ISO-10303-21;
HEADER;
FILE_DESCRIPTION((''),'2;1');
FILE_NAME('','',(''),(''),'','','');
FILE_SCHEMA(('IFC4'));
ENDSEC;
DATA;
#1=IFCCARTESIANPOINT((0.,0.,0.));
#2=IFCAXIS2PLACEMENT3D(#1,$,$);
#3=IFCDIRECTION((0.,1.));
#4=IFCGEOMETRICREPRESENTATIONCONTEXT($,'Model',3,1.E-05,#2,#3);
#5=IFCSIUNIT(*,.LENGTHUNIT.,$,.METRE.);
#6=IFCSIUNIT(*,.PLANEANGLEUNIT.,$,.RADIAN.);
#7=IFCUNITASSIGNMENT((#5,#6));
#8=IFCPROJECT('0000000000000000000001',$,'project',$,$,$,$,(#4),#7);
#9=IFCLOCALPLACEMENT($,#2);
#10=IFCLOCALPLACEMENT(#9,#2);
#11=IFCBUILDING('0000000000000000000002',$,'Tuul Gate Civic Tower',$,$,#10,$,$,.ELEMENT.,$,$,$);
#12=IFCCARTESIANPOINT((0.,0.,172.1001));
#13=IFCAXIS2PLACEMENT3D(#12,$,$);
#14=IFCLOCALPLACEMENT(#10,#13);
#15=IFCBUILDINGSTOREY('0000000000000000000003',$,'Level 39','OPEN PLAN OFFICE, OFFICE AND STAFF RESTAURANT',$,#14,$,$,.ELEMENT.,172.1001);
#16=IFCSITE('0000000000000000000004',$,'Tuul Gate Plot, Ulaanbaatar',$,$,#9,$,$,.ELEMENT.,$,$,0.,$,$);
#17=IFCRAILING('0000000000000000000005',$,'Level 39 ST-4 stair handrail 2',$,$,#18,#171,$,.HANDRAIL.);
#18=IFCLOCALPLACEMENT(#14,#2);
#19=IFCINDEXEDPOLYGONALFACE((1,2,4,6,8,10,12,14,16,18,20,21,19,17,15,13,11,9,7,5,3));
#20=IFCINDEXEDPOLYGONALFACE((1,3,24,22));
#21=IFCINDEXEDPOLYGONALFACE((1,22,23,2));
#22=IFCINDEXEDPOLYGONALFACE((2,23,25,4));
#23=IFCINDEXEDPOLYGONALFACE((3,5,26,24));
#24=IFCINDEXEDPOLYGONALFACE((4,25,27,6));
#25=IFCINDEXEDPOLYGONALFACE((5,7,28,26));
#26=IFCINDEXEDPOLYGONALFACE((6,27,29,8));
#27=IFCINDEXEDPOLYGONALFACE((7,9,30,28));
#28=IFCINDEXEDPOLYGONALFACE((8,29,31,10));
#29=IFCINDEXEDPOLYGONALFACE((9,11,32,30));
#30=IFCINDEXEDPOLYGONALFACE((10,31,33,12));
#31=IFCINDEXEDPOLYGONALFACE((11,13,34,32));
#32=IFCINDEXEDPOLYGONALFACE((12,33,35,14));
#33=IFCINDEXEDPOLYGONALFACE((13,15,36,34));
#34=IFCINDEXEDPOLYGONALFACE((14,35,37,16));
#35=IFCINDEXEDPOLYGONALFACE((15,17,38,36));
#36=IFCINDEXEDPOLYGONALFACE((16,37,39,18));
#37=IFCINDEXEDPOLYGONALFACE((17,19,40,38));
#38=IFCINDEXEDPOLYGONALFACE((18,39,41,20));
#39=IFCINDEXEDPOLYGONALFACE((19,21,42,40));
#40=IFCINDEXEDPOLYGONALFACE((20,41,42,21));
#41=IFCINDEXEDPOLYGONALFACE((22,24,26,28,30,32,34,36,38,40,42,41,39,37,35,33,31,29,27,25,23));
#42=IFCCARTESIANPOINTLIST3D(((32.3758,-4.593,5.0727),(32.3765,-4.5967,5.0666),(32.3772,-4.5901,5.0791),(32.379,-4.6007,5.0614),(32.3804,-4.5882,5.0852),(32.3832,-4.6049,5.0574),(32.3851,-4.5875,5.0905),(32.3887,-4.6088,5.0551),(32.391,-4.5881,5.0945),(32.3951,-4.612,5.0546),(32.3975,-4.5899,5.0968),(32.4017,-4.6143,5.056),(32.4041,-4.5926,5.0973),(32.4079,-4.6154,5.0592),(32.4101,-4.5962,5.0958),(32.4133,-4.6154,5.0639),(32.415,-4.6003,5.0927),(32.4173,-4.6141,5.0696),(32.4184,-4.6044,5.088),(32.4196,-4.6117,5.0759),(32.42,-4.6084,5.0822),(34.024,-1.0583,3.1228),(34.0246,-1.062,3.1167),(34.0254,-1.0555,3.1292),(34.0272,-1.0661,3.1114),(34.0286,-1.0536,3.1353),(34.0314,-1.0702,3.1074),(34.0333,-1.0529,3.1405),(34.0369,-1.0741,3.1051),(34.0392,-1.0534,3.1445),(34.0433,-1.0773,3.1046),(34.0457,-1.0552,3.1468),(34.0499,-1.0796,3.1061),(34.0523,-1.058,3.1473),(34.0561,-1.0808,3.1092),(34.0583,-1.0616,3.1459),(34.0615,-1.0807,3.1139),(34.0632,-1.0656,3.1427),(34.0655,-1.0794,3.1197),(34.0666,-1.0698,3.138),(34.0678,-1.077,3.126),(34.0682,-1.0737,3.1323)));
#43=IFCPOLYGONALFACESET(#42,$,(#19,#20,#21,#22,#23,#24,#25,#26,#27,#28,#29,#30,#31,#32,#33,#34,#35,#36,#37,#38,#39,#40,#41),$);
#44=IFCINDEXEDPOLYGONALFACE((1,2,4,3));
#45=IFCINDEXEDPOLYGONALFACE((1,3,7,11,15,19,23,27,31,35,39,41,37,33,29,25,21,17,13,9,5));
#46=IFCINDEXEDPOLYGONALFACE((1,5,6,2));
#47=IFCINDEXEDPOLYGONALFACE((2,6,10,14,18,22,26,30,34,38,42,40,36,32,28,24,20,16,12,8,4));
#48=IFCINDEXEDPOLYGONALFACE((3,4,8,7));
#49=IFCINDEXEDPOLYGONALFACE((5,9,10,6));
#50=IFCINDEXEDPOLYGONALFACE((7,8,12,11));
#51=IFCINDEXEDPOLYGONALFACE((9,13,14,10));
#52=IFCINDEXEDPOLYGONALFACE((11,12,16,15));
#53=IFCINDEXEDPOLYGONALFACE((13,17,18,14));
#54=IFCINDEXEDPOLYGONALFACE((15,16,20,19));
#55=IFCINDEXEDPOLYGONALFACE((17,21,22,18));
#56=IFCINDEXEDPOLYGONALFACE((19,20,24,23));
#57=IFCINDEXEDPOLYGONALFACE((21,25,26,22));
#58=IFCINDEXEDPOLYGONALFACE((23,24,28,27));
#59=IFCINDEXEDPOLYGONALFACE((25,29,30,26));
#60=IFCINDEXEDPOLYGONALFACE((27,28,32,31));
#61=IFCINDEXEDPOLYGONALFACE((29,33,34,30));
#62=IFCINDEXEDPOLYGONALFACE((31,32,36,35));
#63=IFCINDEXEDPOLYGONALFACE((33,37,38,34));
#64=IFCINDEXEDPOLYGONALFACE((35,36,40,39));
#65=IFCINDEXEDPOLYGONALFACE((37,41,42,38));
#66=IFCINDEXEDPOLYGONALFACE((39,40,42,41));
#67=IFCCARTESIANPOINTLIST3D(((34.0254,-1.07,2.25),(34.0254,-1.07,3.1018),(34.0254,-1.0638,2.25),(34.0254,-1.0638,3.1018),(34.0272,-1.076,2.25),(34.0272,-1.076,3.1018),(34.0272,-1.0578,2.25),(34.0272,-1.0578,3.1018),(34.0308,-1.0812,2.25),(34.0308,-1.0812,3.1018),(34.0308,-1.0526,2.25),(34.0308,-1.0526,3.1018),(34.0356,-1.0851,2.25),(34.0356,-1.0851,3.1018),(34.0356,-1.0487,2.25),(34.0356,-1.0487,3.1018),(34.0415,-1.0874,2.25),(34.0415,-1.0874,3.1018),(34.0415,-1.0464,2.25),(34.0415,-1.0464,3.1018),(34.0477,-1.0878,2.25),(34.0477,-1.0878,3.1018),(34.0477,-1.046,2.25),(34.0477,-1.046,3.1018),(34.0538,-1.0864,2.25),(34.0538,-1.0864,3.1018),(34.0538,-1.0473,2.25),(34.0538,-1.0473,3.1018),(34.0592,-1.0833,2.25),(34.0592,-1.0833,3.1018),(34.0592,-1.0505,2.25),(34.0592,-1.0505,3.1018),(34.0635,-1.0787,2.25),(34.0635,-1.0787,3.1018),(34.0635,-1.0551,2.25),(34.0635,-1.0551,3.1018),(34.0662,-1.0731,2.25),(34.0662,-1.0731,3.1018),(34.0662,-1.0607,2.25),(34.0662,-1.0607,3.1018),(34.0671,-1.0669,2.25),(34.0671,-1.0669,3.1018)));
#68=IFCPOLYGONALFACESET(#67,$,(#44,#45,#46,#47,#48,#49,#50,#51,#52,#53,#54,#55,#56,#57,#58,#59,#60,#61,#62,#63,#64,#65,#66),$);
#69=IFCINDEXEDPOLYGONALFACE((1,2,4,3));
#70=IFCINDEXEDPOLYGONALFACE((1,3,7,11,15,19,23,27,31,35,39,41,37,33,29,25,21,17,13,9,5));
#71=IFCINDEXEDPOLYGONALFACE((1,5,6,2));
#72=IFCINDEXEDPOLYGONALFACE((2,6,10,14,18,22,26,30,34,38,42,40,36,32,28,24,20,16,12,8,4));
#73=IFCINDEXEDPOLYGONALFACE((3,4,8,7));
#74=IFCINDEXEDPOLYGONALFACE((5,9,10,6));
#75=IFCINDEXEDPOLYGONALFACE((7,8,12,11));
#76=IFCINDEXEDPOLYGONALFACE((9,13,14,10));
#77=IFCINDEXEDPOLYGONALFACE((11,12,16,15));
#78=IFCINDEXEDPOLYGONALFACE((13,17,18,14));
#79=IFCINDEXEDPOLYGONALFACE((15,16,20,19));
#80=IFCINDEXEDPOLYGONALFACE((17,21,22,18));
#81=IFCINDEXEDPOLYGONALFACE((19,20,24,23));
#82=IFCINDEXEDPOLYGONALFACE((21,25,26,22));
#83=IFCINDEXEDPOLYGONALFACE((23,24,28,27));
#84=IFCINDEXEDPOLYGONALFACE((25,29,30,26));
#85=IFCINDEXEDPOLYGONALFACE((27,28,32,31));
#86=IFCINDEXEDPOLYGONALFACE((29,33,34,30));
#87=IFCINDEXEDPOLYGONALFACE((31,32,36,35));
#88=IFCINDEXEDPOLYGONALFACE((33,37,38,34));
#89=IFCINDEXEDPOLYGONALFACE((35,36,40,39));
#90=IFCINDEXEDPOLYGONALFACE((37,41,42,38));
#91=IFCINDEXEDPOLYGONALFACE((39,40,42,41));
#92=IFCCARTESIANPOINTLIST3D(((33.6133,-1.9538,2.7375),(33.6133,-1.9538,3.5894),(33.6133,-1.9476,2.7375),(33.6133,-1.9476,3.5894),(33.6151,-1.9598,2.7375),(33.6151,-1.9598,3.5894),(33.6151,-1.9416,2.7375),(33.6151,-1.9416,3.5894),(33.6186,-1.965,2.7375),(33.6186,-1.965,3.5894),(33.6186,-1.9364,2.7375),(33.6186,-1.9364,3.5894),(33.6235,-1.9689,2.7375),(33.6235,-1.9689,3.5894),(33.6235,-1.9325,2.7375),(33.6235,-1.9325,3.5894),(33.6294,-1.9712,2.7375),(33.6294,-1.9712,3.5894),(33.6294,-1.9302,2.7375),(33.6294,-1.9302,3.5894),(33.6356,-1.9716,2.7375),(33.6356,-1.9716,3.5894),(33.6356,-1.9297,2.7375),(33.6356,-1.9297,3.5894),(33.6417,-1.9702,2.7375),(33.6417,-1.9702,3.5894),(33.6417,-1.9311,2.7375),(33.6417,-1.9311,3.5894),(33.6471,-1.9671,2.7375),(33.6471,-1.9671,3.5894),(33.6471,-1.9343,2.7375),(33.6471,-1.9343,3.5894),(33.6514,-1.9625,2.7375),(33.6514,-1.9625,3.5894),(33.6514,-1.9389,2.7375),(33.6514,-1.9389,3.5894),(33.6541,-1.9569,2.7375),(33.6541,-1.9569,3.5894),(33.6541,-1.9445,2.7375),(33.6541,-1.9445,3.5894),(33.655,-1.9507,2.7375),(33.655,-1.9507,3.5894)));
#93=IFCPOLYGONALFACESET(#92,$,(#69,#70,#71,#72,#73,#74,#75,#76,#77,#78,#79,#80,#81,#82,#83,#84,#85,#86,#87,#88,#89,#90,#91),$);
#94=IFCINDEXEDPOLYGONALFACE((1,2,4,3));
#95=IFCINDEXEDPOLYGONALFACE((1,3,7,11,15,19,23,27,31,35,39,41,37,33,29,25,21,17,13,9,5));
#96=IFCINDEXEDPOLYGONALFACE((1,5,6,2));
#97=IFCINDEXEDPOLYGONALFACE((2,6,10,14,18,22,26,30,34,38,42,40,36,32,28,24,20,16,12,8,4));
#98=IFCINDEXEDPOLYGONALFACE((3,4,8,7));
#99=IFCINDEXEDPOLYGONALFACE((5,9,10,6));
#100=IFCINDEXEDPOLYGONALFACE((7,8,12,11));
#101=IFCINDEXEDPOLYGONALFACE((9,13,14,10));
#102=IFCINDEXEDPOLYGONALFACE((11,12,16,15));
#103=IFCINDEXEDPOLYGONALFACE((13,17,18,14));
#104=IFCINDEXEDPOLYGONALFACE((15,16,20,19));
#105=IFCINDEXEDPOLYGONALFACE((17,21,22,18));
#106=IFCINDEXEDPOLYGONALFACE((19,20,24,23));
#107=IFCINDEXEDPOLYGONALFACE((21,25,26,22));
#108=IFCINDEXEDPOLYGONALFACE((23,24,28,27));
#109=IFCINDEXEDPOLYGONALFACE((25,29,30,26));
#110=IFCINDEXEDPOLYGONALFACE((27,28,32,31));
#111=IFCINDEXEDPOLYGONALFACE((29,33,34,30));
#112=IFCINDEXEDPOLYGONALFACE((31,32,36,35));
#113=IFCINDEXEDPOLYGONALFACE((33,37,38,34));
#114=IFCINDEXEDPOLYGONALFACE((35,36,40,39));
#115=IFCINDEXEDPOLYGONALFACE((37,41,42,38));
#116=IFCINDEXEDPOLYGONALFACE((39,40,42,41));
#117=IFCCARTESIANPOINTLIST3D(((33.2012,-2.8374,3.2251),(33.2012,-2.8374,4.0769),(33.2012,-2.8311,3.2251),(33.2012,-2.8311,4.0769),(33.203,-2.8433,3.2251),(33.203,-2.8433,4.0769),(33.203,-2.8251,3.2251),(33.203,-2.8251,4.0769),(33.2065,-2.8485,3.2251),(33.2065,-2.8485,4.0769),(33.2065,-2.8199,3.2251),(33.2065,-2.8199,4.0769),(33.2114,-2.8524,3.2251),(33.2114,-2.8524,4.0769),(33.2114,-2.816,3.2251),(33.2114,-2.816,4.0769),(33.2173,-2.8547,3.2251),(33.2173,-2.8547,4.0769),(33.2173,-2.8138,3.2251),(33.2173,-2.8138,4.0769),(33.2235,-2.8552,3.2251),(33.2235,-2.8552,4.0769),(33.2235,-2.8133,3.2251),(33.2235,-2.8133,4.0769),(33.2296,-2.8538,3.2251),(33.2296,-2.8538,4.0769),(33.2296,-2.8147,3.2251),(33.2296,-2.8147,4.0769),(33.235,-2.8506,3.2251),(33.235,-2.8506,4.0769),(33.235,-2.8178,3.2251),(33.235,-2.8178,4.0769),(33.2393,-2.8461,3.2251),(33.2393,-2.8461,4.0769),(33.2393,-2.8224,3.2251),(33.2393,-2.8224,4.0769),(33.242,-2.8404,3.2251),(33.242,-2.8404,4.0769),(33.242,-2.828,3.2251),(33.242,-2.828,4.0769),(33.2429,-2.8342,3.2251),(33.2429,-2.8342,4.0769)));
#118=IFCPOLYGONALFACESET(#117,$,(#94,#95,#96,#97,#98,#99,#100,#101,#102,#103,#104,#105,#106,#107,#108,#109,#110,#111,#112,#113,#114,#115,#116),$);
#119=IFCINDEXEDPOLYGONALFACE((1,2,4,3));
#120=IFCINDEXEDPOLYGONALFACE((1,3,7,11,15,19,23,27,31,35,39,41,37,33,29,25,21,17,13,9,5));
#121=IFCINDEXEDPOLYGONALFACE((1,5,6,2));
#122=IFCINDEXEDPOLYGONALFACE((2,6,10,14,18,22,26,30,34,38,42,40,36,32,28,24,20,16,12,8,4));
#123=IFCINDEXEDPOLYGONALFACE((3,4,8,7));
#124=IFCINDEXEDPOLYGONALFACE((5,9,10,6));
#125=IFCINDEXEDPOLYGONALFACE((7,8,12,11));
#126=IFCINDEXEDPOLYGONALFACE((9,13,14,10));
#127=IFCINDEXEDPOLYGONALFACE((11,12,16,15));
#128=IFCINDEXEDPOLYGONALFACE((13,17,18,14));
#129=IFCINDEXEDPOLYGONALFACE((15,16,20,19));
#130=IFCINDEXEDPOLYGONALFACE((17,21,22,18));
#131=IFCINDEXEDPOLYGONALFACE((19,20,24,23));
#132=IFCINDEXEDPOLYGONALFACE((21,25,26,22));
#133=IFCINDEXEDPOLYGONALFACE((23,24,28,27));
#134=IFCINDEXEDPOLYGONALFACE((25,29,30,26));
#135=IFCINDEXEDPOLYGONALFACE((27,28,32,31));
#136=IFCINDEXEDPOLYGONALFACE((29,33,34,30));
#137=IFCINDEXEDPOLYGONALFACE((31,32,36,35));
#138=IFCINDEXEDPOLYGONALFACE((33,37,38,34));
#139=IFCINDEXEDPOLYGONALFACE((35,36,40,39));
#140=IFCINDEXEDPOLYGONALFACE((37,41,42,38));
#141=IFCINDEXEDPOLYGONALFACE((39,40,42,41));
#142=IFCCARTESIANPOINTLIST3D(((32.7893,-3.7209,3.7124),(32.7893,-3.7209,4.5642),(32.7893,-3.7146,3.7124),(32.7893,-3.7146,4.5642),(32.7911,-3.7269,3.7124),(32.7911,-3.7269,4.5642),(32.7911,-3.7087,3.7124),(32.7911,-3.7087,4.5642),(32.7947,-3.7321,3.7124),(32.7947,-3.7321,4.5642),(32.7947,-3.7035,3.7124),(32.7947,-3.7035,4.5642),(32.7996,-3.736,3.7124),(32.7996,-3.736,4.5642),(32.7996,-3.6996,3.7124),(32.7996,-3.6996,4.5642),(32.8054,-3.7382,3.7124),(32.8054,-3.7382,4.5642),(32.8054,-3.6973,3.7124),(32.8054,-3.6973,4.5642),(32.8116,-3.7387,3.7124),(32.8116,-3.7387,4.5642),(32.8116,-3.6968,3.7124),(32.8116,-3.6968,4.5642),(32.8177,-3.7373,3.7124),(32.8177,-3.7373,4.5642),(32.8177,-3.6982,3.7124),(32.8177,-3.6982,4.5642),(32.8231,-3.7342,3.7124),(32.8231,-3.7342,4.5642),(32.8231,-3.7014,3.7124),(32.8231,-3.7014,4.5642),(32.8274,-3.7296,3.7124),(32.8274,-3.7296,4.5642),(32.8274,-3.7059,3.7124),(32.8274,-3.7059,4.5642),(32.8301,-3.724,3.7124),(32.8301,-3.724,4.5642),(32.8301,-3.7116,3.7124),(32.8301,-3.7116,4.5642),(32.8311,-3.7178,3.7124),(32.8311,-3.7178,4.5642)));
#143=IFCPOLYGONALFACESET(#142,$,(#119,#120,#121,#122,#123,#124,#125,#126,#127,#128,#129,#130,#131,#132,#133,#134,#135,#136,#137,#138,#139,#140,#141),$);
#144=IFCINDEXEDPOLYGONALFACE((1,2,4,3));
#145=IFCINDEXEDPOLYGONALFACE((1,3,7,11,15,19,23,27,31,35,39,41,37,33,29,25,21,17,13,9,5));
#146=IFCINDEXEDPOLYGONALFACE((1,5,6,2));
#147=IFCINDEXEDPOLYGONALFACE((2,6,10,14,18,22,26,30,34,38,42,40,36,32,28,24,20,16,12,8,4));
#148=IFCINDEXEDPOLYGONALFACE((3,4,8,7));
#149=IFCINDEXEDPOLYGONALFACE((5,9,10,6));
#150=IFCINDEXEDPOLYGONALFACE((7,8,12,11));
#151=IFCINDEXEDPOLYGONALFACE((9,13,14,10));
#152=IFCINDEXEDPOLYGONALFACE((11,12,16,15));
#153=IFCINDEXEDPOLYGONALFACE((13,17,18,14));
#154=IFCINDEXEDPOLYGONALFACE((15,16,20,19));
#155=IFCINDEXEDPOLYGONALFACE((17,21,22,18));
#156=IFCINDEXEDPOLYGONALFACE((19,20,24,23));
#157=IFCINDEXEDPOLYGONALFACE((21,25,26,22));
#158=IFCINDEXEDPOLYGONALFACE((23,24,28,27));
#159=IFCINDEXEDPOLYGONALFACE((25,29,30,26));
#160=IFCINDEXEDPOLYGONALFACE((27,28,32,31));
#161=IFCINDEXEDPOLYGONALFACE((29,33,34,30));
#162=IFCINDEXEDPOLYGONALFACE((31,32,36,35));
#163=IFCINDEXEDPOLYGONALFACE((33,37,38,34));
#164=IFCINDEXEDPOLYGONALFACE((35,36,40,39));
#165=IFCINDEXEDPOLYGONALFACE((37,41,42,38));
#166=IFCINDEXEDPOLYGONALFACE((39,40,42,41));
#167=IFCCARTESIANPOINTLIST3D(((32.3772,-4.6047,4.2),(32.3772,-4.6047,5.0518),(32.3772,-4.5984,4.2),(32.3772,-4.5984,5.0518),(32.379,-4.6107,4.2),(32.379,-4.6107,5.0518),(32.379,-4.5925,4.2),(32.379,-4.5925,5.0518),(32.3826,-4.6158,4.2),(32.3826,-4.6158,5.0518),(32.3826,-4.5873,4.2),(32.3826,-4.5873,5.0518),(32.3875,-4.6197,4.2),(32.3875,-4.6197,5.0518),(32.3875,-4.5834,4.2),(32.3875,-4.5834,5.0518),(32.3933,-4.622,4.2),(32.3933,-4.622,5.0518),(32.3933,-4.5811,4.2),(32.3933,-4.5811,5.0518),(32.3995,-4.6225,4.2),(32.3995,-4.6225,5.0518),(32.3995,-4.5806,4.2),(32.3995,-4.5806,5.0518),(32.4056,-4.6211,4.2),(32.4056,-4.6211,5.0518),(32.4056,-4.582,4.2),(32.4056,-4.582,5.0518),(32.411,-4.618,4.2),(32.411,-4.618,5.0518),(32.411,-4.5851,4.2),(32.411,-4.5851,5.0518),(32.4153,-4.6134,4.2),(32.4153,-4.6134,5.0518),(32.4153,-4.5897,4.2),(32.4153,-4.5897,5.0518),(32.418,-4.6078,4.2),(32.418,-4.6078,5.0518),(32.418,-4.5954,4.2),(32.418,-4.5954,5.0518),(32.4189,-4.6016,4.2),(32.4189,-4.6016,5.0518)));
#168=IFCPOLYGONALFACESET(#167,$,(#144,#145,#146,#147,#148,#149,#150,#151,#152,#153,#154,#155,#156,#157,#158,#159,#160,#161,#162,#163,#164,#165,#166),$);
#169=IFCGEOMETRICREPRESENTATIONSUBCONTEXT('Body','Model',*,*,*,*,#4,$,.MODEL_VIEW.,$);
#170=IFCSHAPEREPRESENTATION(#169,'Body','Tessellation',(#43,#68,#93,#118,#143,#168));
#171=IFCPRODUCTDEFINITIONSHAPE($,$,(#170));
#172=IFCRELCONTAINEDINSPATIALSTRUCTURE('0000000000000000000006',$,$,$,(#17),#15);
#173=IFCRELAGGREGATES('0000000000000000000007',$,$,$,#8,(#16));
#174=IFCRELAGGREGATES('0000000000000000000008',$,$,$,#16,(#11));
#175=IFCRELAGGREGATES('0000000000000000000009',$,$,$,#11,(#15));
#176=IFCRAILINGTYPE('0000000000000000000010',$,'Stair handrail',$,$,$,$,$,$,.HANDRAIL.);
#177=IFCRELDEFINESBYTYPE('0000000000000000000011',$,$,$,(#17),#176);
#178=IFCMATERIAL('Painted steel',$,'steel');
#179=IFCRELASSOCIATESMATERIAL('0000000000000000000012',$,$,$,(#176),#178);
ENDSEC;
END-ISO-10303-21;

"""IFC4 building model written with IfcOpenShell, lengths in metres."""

from ifc_helpers import new_model, si_unit, direction, frame, origin, origin_2d, place, context, subcontext, project, spatial, circle, extrude, material, type_object, element, save


model = new_model("IFC4")

# Units and contexts
model_context = context("Model", 3, precision=1e-05, world=origin(), true_north=direction((0.0, 1.0)))
body_context = subcontext(model_context, "Body", "Model", "MODEL_VIEW")
ifc_project = project(units=[si_unit("LENGTHUNIT", "METRE"), si_unit("PLANEANGLEUNIT", "RADIAN")], contexts=[model_context])

# Site, building, storey
site_placement = place(None, origin())
site = spatial("IfcSite", under=ifc_project, at=site_placement, Name="Tuul Gate Plot, Ulaanbaatar", CompositionType="ELEMENT", RefElevation=0.0)
building_placement = place(site_placement, origin())
building = spatial("IfcBuilding", under=site, at=building_placement, Name="Tuul Gate Civic Tower", CompositionType="ELEMENT")
storey_placement = place(building_placement, frame((0.0, 0.0, 172.1001)))
storey = spatial("IfcBuildingStorey", under=building, at=storey_placement, Name="Level 39", Description="OPEN PLAN OFFICE, OFFICE AND STAFF RESTAURANT", CompositionType="ELEMENT", Elevation=172.1001)

# Railing
ifc_material_1 = material(Name="Painted steel", Category="steel")
railing_type_1 = type_object("IfcRailingType", Name="Stair handrail", PredefinedType="HANDRAIL", material=ifc_material_1)
railing_1_placement = place(storey_placement, frame((34.0461, -1.0669, 2.25)))
element("IfcRailing", 1, at=railing_1_placement, inside=storey, type_object=railing_type_1, Name="Level 39 ST-4 stair handrail 2", PredefinedType="HANDRAIL", context=body_context, shape_type="SweptSolid", body=[
    extrude(circle(Radius=0.0239, at=origin_2d()), frame((0.0, 0.0, 0.876), z_axis=(-0.377995, -0.810637, 0.4472), x_axis=(0.906313, -0.422608, 0.0)), (0.0, 0.0, 1.0), 4.3604),
    extrude(circle(Radius=0.021, at=origin_2d()), origin(), (0.0, 0.0, 1.0), 0.8518),
    extrude(circle(Radius=0.021, at=origin_2d()), frame((-0.4121, -0.8838, 0.4875)), (0.0, 0.0, 1.0), 0.8518),
    extrude(circle(Radius=0.021, at=origin_2d()), frame((-0.8242, -1.7673, 0.9751)), (0.0, 0.0, 1.0), 0.8518),
    extrude(circle(Radius=0.021, at=origin_2d()), frame((-1.2361, -2.6509, 1.4624)), (0.0, 0.0, 1.0), 0.8518),
    extrude(circle(Radius=0.021, at=origin_2d()), frame((-1.6482, -3.5347, 1.95)), (0.0, 0.0, 1.0), 0.8518),
])

save(model, "model.ifc")
